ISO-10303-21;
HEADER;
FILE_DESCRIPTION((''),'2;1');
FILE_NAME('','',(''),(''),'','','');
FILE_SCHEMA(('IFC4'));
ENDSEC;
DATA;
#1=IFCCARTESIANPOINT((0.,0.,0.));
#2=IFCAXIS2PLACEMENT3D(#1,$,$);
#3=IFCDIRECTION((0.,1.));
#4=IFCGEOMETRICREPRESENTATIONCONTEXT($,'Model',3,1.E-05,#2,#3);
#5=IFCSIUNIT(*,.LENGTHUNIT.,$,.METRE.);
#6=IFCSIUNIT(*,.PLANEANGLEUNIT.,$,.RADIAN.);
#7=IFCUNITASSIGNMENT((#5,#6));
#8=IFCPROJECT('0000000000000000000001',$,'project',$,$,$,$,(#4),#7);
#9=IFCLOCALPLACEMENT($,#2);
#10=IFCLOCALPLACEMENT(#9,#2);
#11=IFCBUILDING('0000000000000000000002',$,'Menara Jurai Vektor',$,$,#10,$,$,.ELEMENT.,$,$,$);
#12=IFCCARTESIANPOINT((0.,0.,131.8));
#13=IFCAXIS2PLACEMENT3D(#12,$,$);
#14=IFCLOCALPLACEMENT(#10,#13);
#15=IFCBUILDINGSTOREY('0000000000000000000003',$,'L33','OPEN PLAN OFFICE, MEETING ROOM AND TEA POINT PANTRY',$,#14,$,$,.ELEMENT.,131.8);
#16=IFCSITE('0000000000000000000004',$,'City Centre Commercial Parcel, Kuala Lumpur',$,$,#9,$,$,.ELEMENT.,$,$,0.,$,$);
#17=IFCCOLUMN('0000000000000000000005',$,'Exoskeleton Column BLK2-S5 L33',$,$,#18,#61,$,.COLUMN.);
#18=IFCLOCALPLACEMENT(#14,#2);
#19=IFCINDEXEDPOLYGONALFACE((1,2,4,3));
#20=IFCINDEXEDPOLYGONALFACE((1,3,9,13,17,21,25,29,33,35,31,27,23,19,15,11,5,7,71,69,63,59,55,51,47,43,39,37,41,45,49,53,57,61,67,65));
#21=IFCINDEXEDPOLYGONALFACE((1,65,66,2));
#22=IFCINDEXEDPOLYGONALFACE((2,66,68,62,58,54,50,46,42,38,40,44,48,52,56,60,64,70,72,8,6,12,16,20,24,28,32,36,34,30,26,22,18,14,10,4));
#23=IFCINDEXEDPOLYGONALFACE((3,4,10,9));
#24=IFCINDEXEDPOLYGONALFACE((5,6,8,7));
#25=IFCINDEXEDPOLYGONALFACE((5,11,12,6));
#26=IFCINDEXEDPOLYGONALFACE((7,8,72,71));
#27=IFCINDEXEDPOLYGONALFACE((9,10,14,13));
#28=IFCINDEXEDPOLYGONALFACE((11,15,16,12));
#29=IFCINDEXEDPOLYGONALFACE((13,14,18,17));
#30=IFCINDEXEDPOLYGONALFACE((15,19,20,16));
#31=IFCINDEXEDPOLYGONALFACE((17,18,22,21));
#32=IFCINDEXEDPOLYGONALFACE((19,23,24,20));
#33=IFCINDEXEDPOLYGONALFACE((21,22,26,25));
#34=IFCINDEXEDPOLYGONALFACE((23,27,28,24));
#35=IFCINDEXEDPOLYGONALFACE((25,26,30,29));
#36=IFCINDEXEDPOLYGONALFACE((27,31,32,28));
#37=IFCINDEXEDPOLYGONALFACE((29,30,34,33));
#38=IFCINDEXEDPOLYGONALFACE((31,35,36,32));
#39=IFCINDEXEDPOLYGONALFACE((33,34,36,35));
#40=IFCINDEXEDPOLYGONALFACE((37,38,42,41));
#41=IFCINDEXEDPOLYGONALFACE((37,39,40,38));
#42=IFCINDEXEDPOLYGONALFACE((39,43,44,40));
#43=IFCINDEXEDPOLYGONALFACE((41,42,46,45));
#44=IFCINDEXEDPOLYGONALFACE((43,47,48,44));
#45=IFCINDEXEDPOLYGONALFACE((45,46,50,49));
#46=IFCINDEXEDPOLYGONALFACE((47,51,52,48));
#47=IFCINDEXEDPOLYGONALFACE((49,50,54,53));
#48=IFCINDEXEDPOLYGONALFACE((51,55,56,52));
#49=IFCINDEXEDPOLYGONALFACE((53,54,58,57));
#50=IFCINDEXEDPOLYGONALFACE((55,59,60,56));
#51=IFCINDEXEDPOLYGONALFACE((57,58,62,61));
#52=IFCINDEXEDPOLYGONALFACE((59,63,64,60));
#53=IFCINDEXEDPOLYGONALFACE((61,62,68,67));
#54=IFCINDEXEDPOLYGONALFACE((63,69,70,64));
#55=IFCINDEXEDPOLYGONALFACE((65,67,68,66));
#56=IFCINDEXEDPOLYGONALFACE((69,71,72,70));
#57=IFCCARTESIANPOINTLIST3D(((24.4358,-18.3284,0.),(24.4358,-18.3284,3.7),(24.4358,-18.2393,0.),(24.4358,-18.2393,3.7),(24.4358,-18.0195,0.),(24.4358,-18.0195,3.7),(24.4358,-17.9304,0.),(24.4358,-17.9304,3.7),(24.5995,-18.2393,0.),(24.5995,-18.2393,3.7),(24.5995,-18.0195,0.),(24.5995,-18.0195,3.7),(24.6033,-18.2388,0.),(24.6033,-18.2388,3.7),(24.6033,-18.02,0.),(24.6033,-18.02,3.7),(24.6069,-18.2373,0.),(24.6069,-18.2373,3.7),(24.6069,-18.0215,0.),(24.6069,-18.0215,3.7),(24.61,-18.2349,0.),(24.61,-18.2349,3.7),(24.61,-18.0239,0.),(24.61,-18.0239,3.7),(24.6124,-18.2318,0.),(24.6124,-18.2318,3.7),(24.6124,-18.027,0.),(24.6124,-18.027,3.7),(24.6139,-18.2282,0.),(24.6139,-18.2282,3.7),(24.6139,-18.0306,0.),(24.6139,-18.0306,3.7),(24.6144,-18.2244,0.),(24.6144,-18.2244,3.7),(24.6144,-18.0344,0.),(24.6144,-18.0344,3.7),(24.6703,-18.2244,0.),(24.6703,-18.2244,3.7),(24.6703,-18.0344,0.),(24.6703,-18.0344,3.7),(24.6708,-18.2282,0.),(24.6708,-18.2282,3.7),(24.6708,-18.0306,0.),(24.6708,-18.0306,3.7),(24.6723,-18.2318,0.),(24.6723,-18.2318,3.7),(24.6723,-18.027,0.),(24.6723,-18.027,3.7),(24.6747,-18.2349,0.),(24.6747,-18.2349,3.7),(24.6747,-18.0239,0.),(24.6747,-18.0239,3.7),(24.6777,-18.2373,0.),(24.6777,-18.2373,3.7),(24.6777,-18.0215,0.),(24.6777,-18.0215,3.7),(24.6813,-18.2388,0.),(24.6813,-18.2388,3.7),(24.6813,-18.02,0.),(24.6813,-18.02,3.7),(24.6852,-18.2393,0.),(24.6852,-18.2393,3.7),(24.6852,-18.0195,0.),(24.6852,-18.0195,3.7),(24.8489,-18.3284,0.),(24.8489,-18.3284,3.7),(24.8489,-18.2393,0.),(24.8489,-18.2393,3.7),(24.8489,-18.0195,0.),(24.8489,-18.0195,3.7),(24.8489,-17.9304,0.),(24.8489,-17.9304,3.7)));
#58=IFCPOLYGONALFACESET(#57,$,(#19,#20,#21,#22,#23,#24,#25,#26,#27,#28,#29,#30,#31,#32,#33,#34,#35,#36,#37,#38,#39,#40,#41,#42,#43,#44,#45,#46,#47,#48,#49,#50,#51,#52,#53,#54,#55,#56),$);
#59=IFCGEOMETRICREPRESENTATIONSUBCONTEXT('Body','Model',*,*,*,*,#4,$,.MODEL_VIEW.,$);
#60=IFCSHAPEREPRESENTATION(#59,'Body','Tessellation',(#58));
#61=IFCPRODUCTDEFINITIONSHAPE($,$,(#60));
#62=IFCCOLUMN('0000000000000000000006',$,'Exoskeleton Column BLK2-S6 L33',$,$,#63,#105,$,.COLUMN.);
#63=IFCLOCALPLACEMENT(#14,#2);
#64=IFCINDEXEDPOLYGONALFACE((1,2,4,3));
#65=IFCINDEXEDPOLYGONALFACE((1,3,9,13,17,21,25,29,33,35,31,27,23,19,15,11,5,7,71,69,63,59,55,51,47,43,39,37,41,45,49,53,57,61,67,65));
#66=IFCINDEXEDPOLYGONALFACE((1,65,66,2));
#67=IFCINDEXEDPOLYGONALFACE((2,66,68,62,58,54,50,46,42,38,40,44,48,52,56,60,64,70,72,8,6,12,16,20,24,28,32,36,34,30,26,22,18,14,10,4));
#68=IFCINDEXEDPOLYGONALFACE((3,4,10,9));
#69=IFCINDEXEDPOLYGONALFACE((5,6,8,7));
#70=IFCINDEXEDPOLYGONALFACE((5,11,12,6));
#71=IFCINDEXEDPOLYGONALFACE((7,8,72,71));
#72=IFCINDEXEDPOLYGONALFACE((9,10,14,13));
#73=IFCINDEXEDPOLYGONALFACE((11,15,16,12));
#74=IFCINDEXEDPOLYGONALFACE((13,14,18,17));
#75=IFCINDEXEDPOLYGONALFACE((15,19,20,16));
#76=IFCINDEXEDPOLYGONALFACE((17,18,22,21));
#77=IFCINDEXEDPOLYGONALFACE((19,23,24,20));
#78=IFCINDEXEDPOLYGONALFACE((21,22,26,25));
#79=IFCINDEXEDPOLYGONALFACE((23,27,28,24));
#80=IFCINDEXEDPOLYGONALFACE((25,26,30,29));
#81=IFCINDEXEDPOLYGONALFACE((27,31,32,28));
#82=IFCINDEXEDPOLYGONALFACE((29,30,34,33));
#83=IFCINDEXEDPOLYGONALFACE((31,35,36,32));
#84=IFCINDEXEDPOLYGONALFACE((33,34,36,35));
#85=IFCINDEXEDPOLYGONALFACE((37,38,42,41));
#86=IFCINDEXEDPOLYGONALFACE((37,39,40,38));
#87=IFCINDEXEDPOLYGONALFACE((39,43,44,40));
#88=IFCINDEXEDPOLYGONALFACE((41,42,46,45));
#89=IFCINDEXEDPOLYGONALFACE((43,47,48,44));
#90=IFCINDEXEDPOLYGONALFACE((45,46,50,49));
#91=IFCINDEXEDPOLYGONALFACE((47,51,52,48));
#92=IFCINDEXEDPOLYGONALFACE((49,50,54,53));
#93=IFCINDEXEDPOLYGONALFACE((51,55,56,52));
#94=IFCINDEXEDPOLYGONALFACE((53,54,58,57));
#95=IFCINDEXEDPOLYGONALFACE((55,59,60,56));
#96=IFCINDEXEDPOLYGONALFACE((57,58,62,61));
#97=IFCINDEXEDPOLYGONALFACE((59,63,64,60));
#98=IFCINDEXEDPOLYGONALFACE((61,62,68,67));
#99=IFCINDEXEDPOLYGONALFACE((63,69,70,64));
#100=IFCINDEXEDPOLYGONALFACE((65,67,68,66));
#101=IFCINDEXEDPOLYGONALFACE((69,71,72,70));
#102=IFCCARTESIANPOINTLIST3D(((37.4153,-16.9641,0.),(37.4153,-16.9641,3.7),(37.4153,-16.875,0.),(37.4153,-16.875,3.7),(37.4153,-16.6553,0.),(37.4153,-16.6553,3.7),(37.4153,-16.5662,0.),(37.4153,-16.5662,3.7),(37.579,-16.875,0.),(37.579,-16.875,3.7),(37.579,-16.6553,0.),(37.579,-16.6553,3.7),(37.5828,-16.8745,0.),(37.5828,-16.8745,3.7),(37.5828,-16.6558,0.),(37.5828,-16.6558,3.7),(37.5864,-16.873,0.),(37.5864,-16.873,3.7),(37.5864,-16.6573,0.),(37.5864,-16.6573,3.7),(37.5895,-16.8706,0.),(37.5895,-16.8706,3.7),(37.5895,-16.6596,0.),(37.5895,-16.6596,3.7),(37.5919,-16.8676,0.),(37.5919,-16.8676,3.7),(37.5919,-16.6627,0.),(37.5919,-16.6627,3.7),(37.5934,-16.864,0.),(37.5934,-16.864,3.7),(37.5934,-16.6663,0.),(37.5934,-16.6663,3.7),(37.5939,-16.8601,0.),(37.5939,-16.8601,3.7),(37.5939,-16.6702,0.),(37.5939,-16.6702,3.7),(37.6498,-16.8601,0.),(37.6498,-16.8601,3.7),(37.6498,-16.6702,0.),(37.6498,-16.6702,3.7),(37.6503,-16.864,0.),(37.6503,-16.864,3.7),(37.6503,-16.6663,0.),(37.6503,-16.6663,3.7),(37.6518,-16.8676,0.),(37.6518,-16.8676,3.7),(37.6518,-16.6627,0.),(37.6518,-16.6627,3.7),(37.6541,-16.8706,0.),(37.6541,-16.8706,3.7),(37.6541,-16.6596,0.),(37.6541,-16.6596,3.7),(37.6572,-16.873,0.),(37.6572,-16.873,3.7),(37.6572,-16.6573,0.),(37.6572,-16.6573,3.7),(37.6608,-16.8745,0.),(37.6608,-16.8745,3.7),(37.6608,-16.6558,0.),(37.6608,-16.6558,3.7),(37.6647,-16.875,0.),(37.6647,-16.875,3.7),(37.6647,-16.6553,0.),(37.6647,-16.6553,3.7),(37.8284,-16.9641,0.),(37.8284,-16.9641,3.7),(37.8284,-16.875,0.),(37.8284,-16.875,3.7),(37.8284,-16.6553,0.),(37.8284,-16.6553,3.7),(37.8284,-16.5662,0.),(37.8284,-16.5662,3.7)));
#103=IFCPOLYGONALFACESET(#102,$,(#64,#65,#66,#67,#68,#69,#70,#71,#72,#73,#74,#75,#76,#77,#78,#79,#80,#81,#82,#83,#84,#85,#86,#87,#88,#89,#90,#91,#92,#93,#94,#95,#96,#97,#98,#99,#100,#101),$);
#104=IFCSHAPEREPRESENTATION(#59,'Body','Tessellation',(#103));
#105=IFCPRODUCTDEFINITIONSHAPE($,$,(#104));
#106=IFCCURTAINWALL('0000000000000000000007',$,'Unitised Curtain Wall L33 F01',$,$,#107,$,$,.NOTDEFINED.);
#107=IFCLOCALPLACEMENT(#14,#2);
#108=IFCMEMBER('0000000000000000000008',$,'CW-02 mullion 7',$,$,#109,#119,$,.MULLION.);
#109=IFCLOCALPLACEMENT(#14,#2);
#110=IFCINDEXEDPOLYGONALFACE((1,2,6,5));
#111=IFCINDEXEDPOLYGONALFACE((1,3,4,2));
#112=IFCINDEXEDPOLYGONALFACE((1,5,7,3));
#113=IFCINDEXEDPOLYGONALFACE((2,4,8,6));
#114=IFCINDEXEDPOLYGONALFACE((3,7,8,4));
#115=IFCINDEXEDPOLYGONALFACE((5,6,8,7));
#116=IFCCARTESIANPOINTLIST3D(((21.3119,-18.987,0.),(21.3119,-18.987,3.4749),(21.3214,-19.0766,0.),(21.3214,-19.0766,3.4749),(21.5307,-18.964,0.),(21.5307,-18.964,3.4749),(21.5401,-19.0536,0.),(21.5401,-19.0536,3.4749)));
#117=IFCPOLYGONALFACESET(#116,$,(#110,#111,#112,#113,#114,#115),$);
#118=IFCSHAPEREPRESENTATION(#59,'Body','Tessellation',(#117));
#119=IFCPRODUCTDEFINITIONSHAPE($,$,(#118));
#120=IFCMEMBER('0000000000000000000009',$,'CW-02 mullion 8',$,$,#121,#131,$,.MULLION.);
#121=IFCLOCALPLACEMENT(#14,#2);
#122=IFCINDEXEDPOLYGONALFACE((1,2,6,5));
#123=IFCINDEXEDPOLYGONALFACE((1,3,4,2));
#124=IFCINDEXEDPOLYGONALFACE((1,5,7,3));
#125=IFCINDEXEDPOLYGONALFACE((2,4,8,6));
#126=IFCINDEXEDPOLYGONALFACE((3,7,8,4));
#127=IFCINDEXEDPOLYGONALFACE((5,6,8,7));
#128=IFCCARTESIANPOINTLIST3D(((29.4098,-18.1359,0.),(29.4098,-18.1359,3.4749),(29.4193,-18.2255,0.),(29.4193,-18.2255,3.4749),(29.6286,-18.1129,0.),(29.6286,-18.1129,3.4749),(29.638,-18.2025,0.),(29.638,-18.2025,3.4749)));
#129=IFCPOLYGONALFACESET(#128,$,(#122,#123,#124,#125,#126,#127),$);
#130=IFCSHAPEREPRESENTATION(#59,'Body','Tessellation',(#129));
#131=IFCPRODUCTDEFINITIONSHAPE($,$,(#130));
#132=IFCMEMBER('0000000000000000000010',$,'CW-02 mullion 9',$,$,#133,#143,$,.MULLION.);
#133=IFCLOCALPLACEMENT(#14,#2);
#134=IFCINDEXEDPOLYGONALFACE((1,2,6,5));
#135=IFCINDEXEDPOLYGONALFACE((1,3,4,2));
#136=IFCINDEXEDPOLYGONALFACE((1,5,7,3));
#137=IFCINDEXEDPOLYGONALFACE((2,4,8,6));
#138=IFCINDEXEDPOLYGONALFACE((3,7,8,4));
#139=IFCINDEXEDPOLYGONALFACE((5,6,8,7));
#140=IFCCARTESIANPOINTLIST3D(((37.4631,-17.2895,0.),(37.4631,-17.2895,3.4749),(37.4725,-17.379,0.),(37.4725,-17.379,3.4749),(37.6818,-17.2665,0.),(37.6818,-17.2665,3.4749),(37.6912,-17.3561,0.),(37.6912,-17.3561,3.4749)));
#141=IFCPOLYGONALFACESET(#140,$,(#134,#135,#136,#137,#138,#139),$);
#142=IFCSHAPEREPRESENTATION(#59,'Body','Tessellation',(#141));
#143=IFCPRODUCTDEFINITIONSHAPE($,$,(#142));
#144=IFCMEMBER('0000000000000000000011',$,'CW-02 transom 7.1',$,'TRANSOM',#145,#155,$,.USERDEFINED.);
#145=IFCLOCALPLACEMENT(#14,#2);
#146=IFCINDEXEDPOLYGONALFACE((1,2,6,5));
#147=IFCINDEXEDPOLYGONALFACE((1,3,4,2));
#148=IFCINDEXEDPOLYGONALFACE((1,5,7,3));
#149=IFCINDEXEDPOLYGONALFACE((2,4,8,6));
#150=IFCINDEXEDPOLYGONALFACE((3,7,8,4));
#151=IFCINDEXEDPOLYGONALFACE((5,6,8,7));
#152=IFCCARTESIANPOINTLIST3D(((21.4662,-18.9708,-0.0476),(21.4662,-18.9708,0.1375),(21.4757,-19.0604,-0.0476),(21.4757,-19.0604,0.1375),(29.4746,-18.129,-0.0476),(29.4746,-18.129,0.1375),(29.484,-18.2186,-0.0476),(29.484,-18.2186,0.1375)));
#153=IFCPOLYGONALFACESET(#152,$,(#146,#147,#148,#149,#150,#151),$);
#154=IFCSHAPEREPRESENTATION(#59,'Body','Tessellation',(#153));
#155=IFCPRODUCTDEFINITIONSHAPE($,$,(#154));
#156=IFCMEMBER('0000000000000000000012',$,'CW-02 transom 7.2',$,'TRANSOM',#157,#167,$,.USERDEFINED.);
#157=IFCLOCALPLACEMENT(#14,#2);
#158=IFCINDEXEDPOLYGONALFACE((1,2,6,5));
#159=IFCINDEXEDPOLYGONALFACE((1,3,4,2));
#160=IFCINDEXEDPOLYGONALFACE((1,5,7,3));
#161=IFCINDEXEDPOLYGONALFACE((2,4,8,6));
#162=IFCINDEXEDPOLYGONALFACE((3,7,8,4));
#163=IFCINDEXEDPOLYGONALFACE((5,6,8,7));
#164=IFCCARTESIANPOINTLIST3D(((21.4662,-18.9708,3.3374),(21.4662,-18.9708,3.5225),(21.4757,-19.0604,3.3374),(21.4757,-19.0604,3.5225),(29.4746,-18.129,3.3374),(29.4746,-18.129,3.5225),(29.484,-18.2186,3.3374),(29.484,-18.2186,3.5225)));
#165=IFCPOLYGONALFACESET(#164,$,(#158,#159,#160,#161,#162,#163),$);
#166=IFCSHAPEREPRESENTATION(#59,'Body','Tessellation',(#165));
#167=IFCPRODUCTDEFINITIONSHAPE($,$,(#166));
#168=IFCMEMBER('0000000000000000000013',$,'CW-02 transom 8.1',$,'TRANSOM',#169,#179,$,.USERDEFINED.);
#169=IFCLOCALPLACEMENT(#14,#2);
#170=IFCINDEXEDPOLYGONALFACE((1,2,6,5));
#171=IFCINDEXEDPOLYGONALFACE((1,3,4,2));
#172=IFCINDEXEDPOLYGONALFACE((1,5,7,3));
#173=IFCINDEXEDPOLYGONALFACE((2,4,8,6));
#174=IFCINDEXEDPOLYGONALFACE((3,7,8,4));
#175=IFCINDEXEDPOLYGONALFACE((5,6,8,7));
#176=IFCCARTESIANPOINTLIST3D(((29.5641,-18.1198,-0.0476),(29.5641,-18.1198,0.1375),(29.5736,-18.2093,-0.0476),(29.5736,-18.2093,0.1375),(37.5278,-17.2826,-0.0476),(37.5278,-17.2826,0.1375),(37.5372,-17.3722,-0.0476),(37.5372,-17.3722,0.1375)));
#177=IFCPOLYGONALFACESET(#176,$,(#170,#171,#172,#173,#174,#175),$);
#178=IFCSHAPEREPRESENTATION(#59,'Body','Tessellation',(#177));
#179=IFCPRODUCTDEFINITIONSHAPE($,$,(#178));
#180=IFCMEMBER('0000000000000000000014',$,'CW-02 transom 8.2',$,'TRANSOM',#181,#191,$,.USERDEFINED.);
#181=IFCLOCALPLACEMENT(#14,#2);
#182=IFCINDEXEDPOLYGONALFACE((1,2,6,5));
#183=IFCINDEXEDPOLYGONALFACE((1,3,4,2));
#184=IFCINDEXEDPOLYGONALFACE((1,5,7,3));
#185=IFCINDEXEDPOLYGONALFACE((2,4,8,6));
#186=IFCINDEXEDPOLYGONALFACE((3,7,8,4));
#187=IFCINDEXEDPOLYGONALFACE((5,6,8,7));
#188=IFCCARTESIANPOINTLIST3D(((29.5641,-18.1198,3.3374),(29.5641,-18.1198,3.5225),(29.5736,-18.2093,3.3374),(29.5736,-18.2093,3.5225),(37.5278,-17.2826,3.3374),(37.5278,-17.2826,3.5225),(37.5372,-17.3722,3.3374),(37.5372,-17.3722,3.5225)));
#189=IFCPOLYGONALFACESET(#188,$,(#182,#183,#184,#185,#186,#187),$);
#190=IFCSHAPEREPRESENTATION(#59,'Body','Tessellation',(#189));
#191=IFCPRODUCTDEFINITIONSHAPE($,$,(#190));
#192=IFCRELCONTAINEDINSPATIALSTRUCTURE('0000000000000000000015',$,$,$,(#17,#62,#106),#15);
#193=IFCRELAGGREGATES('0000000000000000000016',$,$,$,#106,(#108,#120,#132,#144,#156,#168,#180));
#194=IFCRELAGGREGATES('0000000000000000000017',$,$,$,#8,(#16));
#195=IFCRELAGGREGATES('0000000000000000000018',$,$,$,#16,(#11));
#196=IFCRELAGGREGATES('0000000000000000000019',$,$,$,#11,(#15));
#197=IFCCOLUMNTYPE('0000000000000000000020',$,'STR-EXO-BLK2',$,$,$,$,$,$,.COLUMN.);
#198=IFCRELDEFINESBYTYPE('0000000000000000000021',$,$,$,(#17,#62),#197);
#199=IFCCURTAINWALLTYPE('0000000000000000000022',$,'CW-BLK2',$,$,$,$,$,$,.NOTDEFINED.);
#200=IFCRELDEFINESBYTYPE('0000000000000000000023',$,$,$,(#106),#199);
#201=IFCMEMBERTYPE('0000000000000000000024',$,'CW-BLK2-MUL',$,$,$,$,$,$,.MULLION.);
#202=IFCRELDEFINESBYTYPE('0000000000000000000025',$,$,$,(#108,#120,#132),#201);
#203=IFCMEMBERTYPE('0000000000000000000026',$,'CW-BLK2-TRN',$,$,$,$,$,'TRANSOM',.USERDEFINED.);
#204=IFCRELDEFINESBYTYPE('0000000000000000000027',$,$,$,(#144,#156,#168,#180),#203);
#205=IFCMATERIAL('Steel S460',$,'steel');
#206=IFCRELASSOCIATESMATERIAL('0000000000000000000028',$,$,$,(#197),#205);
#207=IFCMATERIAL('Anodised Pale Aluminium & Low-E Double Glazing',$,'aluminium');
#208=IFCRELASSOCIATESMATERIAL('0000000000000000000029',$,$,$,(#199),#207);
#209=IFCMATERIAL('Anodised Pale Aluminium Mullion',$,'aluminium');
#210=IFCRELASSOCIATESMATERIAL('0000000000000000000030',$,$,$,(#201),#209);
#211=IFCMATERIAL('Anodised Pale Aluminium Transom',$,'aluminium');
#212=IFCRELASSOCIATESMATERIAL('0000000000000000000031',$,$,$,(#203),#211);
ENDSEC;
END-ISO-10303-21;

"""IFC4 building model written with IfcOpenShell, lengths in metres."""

from ifc_helpers import new_model, si_unit, direction, frame, origin, origin_2d, place, context, subcontext, project, spatial, rectangle, i_section, extrude, material, material_profile, profile_set, type_object, element, aggregate, save


model = new_model("IFC4")

# Units and contexts
model_context = context("Model", 3, precision=1e-05, world=origin(), true_north=direction((0.0, 1.0)))
body_context = subcontext(model_context, "Body", "Model", "MODEL_VIEW")
ifc_project = project(units=[si_unit("LENGTHUNIT", "METRE"), si_unit("PLANEANGLEUNIT", "RADIAN")], contexts=[model_context])

# Site, building, storey
site_placement = place(None, origin())
site = spatial("IfcSite", under=ifc_project, at=site_placement, Name="City Centre Commercial Parcel, Kuala Lumpur", CompositionType="ELEMENT", RefElevation=0.0)
building_placement = place(site_placement, origin())
building = spatial("IfcBuilding", under=site, at=building_placement, Name="Menara Jurai Vektor", CompositionType="ELEMENT")
storey_placement = place(building_placement, frame((0.0, 0.0, 131.8)))
storey = spatial("IfcBuildingStorey", under=building, at=storey_placement, Name="L33", Description="OPEN PLAN OFFICE, MEETING ROOM AND TEA POINT PANTRY", CompositionType="ELEMENT", Elevation=131.8)

# Columns
ifc_material_1 = material(Name="Steel S460", Category="steel")
ifc_material_profile_1 = material_profile(ifc_material_1, i_section(OverallWidth=0.4131, OverallDepth=0.3979, WebThickness=0.0559, FlangeThickness=0.0891, FilletRadius=0.0149, at=origin_2d()), Name="HD 400x744")
ifc_profile_set_1 = profile_set([ifc_material_profile_1], Name="Steel S460")
column_type = type_object("IfcColumnType", Name="STR-EXO-BLK2", PredefinedType="COLUMN", material=ifc_profile_set_1)
for number, where, z_axis, x_axis, name in (
    (1, (24.6423, -18.1294, 0.0), (0.0, 0.0, 1.0), (1.0, 0.0, 0.0), "Exoskeleton Column BLK2-S5 L33"),
    (2, (37.6218, -16.7651, 0.0), (0.0, 0.0, 1.0), (1.0, 0.0, 0.0), "Exoskeleton Column BLK2-S6 L33"),
):
    element("IfcColumn", number, at=place(storey_placement, frame(where, z_axis=z_axis, x_axis=x_axis)), inside=storey, type_object=column_type, Name=name, PredefinedType="COLUMN", context=body_context, shape_type="SweptSolid", body=[
        extrude(i_section(OverallWidth=0.4131, OverallDepth=0.3979, WebThickness=0.0559, FlangeThickness=0.0891, FilletRadius=0.0149, at=origin_2d()), origin(), (0.0, 0.0, 1.0), 3.7),
    ])

# Curtain wall, members
ifc_material_2 = material(Name="Anodised Pale Aluminium & Low-E Double Glazing", Category="aluminium")
curtain_wall_type = type_object("IfcCurtainWallType", Name="CW-BLK2", PredefinedType="NOTDEFINED", material=ifc_material_2)
curtain_wall_placement = place(storey_placement, origin())
curtain_wall = element("IfcCurtainWall", 3, at=curtain_wall_placement, inside=storey, type_object=curtain_wall_type, Name="Unitised Curtain Wall L33 F01", PredefinedType="NOTDEFINED")
ifc_material_3 = material(Name="Anodised Pale Aluminium Mullion", Category="aluminium")
ifc_material_profile_2 = material_profile(ifc_material_3, rectangle(XDim=0.0901, YDim=0.22, at=origin_2d()), Name="ALU MUL 90x220")
ifc_profile_set_2 = profile_set([ifc_material_profile_2], Name="Anodised Pale Aluminium Mullion")
member_type_1 = type_object("IfcMemberType", Name="CW-BLK2-MUL", PredefinedType="MULLION", material=ifc_profile_set_2)
member_1_placement = place(storey_placement, frame((21.426, -19.0203, 0.0), z_axis=(0.0, 0.0, 1.0), x_axis=(-0.104529, 0.994522, 0.0)))
member_1 = element("IfcMember", 4, at=member_1_placement, type_object=member_type_1, Name="CW-02 mullion 7", PredefinedType="MULLION", context=body_context, shape_type="SweptSolid", body=[
    extrude(rectangle(XDim=0.0901, YDim=0.22, at=origin_2d()), origin(), (0.0, 0.0, 1.0), 3.4749),
])
member_2_placement = place(storey_placement, frame((29.5239, -18.1692, 0.0), z_axis=(0.0, 0.0, 1.0), x_axis=(-0.104529, 0.994522, 0.0)))
member_2 = element("IfcMember", 5, at=member_2_placement, type_object=member_type_1, Name="CW-02 mullion 8", PredefinedType="MULLION", context=body_context, shape_type="SweptSolid", body=[
    extrude(rectangle(XDim=0.0901, YDim=0.22, at=origin_2d()), origin(), (0.0, 0.0, 1.0), 3.4749),
])
member_3_placement = place(storey_placement, frame((37.5771, -17.3228, 0.0), z_axis=(0.0, 0.0, 1.0), x_axis=(-0.104529, 0.994522, 0.0)))
member_3 = element("IfcMember", 6, at=member_3_placement, type_object=member_type_1, Name="CW-02 mullion 9", PredefinedType="MULLION", context=body_context, shape_type="SweptSolid", body=[
    extrude(rectangle(XDim=0.0901, YDim=0.22, at=origin_2d()), origin(), (0.0, 0.0, 1.0), 3.4749),
])
ifc_material_4 = material(Name="Anodised Pale Aluminium Transom", Category="aluminium")
ifc_material_profile_3 = material_profile(ifc_material_4, rectangle(XDim=0.0901, YDim=0.1851, at=origin_2d()), Name="ALU TRN 90x185")
ifc_profile_set_3 = profile_set([ifc_material_profile_3], Name="Anodised Pale Aluminium Transom")
member_type_2 = type_object("IfcMemberType", Name="CW-BLK2-TRN", ElementType="TRANSOM", PredefinedType="USERDEFINED", material=ifc_profile_set_3)
member_4_placement = place(storey_placement, frame((21.4709, -19.0156, 0.0449), z_axis=(0.994521, 0.10454, 0.0), x_axis=(-0.10454, 0.994521, 0.0)))
member_4 = element("IfcMember", 7, at=member_4_placement, type_object=member_type_2, Name="CW-02 transom 7.1", ObjectType="TRANSOM", PredefinedType="USERDEFINED", context=body_context, shape_type="SweptSolid", body=[
    extrude(rectangle(XDim=0.0901, YDim=0.1851, at=origin_2d()), origin(), (0.0, 0.0, 1.0), 8.0525),
])
member_5_placement = place(storey_placement, frame((21.4709, -19.0156, 3.4299), z_axis=(0.994521, 0.10454, 0.0), x_axis=(-0.10454, 0.994521, 0.0)))
member_5 = element("IfcMember", 8, at=member_5_placement, type_object=member_type_2, Name="CW-02 transom 7.2", ObjectType="TRANSOM", PredefinedType="USERDEFINED", context=body_context, shape_type="SweptSolid", body=[
    extrude(rectangle(XDim=0.0901, YDim=0.1851, at=origin_2d()), origin(), (0.0, 0.0, 1.0), 8.0525),
])
member_6_placement = place(storey_placement, frame((29.5688, -18.1646, 0.0449), z_axis=(0.99452, 0.104547, 0.0), x_axis=(-0.104547, 0.99452, 0.0)))
member_6 = element("IfcMember", 9, at=member_6_placement, type_object=member_type_2, Name="CW-02 transom 8.1", ObjectType="TRANSOM", PredefinedType="USERDEFINED", context=body_context, shape_type="SweptSolid", body=[
    extrude(rectangle(XDim=0.0901, YDim=0.1851, at=origin_2d()), origin(), (0.0, 0.0, 1.0), 8.0076),
])
member_7_placement = place(storey_placement, frame((29.5688, -18.1646, 3.4299), z_axis=(0.99452, 0.104547, 0.0), x_axis=(-0.104547, 0.99452, 0.0)))
member_7 = element("IfcMember", 10, at=member_7_placement, type_object=member_type_2, Name="CW-02 transom 8.2", ObjectType="TRANSOM", PredefinedType="USERDEFINED", context=body_context, shape_type="SweptSolid", body=[
    extrude(rectangle(XDim=0.0901, YDim=0.1851, at=origin_2d()), origin(), (0.0, 0.0, 1.0), 8.0076),
])

aggregate(curtain_wall, [member_1, member_2, member_3, member_4, member_5, member_6, member_7])

save(model, "model.ifc")
